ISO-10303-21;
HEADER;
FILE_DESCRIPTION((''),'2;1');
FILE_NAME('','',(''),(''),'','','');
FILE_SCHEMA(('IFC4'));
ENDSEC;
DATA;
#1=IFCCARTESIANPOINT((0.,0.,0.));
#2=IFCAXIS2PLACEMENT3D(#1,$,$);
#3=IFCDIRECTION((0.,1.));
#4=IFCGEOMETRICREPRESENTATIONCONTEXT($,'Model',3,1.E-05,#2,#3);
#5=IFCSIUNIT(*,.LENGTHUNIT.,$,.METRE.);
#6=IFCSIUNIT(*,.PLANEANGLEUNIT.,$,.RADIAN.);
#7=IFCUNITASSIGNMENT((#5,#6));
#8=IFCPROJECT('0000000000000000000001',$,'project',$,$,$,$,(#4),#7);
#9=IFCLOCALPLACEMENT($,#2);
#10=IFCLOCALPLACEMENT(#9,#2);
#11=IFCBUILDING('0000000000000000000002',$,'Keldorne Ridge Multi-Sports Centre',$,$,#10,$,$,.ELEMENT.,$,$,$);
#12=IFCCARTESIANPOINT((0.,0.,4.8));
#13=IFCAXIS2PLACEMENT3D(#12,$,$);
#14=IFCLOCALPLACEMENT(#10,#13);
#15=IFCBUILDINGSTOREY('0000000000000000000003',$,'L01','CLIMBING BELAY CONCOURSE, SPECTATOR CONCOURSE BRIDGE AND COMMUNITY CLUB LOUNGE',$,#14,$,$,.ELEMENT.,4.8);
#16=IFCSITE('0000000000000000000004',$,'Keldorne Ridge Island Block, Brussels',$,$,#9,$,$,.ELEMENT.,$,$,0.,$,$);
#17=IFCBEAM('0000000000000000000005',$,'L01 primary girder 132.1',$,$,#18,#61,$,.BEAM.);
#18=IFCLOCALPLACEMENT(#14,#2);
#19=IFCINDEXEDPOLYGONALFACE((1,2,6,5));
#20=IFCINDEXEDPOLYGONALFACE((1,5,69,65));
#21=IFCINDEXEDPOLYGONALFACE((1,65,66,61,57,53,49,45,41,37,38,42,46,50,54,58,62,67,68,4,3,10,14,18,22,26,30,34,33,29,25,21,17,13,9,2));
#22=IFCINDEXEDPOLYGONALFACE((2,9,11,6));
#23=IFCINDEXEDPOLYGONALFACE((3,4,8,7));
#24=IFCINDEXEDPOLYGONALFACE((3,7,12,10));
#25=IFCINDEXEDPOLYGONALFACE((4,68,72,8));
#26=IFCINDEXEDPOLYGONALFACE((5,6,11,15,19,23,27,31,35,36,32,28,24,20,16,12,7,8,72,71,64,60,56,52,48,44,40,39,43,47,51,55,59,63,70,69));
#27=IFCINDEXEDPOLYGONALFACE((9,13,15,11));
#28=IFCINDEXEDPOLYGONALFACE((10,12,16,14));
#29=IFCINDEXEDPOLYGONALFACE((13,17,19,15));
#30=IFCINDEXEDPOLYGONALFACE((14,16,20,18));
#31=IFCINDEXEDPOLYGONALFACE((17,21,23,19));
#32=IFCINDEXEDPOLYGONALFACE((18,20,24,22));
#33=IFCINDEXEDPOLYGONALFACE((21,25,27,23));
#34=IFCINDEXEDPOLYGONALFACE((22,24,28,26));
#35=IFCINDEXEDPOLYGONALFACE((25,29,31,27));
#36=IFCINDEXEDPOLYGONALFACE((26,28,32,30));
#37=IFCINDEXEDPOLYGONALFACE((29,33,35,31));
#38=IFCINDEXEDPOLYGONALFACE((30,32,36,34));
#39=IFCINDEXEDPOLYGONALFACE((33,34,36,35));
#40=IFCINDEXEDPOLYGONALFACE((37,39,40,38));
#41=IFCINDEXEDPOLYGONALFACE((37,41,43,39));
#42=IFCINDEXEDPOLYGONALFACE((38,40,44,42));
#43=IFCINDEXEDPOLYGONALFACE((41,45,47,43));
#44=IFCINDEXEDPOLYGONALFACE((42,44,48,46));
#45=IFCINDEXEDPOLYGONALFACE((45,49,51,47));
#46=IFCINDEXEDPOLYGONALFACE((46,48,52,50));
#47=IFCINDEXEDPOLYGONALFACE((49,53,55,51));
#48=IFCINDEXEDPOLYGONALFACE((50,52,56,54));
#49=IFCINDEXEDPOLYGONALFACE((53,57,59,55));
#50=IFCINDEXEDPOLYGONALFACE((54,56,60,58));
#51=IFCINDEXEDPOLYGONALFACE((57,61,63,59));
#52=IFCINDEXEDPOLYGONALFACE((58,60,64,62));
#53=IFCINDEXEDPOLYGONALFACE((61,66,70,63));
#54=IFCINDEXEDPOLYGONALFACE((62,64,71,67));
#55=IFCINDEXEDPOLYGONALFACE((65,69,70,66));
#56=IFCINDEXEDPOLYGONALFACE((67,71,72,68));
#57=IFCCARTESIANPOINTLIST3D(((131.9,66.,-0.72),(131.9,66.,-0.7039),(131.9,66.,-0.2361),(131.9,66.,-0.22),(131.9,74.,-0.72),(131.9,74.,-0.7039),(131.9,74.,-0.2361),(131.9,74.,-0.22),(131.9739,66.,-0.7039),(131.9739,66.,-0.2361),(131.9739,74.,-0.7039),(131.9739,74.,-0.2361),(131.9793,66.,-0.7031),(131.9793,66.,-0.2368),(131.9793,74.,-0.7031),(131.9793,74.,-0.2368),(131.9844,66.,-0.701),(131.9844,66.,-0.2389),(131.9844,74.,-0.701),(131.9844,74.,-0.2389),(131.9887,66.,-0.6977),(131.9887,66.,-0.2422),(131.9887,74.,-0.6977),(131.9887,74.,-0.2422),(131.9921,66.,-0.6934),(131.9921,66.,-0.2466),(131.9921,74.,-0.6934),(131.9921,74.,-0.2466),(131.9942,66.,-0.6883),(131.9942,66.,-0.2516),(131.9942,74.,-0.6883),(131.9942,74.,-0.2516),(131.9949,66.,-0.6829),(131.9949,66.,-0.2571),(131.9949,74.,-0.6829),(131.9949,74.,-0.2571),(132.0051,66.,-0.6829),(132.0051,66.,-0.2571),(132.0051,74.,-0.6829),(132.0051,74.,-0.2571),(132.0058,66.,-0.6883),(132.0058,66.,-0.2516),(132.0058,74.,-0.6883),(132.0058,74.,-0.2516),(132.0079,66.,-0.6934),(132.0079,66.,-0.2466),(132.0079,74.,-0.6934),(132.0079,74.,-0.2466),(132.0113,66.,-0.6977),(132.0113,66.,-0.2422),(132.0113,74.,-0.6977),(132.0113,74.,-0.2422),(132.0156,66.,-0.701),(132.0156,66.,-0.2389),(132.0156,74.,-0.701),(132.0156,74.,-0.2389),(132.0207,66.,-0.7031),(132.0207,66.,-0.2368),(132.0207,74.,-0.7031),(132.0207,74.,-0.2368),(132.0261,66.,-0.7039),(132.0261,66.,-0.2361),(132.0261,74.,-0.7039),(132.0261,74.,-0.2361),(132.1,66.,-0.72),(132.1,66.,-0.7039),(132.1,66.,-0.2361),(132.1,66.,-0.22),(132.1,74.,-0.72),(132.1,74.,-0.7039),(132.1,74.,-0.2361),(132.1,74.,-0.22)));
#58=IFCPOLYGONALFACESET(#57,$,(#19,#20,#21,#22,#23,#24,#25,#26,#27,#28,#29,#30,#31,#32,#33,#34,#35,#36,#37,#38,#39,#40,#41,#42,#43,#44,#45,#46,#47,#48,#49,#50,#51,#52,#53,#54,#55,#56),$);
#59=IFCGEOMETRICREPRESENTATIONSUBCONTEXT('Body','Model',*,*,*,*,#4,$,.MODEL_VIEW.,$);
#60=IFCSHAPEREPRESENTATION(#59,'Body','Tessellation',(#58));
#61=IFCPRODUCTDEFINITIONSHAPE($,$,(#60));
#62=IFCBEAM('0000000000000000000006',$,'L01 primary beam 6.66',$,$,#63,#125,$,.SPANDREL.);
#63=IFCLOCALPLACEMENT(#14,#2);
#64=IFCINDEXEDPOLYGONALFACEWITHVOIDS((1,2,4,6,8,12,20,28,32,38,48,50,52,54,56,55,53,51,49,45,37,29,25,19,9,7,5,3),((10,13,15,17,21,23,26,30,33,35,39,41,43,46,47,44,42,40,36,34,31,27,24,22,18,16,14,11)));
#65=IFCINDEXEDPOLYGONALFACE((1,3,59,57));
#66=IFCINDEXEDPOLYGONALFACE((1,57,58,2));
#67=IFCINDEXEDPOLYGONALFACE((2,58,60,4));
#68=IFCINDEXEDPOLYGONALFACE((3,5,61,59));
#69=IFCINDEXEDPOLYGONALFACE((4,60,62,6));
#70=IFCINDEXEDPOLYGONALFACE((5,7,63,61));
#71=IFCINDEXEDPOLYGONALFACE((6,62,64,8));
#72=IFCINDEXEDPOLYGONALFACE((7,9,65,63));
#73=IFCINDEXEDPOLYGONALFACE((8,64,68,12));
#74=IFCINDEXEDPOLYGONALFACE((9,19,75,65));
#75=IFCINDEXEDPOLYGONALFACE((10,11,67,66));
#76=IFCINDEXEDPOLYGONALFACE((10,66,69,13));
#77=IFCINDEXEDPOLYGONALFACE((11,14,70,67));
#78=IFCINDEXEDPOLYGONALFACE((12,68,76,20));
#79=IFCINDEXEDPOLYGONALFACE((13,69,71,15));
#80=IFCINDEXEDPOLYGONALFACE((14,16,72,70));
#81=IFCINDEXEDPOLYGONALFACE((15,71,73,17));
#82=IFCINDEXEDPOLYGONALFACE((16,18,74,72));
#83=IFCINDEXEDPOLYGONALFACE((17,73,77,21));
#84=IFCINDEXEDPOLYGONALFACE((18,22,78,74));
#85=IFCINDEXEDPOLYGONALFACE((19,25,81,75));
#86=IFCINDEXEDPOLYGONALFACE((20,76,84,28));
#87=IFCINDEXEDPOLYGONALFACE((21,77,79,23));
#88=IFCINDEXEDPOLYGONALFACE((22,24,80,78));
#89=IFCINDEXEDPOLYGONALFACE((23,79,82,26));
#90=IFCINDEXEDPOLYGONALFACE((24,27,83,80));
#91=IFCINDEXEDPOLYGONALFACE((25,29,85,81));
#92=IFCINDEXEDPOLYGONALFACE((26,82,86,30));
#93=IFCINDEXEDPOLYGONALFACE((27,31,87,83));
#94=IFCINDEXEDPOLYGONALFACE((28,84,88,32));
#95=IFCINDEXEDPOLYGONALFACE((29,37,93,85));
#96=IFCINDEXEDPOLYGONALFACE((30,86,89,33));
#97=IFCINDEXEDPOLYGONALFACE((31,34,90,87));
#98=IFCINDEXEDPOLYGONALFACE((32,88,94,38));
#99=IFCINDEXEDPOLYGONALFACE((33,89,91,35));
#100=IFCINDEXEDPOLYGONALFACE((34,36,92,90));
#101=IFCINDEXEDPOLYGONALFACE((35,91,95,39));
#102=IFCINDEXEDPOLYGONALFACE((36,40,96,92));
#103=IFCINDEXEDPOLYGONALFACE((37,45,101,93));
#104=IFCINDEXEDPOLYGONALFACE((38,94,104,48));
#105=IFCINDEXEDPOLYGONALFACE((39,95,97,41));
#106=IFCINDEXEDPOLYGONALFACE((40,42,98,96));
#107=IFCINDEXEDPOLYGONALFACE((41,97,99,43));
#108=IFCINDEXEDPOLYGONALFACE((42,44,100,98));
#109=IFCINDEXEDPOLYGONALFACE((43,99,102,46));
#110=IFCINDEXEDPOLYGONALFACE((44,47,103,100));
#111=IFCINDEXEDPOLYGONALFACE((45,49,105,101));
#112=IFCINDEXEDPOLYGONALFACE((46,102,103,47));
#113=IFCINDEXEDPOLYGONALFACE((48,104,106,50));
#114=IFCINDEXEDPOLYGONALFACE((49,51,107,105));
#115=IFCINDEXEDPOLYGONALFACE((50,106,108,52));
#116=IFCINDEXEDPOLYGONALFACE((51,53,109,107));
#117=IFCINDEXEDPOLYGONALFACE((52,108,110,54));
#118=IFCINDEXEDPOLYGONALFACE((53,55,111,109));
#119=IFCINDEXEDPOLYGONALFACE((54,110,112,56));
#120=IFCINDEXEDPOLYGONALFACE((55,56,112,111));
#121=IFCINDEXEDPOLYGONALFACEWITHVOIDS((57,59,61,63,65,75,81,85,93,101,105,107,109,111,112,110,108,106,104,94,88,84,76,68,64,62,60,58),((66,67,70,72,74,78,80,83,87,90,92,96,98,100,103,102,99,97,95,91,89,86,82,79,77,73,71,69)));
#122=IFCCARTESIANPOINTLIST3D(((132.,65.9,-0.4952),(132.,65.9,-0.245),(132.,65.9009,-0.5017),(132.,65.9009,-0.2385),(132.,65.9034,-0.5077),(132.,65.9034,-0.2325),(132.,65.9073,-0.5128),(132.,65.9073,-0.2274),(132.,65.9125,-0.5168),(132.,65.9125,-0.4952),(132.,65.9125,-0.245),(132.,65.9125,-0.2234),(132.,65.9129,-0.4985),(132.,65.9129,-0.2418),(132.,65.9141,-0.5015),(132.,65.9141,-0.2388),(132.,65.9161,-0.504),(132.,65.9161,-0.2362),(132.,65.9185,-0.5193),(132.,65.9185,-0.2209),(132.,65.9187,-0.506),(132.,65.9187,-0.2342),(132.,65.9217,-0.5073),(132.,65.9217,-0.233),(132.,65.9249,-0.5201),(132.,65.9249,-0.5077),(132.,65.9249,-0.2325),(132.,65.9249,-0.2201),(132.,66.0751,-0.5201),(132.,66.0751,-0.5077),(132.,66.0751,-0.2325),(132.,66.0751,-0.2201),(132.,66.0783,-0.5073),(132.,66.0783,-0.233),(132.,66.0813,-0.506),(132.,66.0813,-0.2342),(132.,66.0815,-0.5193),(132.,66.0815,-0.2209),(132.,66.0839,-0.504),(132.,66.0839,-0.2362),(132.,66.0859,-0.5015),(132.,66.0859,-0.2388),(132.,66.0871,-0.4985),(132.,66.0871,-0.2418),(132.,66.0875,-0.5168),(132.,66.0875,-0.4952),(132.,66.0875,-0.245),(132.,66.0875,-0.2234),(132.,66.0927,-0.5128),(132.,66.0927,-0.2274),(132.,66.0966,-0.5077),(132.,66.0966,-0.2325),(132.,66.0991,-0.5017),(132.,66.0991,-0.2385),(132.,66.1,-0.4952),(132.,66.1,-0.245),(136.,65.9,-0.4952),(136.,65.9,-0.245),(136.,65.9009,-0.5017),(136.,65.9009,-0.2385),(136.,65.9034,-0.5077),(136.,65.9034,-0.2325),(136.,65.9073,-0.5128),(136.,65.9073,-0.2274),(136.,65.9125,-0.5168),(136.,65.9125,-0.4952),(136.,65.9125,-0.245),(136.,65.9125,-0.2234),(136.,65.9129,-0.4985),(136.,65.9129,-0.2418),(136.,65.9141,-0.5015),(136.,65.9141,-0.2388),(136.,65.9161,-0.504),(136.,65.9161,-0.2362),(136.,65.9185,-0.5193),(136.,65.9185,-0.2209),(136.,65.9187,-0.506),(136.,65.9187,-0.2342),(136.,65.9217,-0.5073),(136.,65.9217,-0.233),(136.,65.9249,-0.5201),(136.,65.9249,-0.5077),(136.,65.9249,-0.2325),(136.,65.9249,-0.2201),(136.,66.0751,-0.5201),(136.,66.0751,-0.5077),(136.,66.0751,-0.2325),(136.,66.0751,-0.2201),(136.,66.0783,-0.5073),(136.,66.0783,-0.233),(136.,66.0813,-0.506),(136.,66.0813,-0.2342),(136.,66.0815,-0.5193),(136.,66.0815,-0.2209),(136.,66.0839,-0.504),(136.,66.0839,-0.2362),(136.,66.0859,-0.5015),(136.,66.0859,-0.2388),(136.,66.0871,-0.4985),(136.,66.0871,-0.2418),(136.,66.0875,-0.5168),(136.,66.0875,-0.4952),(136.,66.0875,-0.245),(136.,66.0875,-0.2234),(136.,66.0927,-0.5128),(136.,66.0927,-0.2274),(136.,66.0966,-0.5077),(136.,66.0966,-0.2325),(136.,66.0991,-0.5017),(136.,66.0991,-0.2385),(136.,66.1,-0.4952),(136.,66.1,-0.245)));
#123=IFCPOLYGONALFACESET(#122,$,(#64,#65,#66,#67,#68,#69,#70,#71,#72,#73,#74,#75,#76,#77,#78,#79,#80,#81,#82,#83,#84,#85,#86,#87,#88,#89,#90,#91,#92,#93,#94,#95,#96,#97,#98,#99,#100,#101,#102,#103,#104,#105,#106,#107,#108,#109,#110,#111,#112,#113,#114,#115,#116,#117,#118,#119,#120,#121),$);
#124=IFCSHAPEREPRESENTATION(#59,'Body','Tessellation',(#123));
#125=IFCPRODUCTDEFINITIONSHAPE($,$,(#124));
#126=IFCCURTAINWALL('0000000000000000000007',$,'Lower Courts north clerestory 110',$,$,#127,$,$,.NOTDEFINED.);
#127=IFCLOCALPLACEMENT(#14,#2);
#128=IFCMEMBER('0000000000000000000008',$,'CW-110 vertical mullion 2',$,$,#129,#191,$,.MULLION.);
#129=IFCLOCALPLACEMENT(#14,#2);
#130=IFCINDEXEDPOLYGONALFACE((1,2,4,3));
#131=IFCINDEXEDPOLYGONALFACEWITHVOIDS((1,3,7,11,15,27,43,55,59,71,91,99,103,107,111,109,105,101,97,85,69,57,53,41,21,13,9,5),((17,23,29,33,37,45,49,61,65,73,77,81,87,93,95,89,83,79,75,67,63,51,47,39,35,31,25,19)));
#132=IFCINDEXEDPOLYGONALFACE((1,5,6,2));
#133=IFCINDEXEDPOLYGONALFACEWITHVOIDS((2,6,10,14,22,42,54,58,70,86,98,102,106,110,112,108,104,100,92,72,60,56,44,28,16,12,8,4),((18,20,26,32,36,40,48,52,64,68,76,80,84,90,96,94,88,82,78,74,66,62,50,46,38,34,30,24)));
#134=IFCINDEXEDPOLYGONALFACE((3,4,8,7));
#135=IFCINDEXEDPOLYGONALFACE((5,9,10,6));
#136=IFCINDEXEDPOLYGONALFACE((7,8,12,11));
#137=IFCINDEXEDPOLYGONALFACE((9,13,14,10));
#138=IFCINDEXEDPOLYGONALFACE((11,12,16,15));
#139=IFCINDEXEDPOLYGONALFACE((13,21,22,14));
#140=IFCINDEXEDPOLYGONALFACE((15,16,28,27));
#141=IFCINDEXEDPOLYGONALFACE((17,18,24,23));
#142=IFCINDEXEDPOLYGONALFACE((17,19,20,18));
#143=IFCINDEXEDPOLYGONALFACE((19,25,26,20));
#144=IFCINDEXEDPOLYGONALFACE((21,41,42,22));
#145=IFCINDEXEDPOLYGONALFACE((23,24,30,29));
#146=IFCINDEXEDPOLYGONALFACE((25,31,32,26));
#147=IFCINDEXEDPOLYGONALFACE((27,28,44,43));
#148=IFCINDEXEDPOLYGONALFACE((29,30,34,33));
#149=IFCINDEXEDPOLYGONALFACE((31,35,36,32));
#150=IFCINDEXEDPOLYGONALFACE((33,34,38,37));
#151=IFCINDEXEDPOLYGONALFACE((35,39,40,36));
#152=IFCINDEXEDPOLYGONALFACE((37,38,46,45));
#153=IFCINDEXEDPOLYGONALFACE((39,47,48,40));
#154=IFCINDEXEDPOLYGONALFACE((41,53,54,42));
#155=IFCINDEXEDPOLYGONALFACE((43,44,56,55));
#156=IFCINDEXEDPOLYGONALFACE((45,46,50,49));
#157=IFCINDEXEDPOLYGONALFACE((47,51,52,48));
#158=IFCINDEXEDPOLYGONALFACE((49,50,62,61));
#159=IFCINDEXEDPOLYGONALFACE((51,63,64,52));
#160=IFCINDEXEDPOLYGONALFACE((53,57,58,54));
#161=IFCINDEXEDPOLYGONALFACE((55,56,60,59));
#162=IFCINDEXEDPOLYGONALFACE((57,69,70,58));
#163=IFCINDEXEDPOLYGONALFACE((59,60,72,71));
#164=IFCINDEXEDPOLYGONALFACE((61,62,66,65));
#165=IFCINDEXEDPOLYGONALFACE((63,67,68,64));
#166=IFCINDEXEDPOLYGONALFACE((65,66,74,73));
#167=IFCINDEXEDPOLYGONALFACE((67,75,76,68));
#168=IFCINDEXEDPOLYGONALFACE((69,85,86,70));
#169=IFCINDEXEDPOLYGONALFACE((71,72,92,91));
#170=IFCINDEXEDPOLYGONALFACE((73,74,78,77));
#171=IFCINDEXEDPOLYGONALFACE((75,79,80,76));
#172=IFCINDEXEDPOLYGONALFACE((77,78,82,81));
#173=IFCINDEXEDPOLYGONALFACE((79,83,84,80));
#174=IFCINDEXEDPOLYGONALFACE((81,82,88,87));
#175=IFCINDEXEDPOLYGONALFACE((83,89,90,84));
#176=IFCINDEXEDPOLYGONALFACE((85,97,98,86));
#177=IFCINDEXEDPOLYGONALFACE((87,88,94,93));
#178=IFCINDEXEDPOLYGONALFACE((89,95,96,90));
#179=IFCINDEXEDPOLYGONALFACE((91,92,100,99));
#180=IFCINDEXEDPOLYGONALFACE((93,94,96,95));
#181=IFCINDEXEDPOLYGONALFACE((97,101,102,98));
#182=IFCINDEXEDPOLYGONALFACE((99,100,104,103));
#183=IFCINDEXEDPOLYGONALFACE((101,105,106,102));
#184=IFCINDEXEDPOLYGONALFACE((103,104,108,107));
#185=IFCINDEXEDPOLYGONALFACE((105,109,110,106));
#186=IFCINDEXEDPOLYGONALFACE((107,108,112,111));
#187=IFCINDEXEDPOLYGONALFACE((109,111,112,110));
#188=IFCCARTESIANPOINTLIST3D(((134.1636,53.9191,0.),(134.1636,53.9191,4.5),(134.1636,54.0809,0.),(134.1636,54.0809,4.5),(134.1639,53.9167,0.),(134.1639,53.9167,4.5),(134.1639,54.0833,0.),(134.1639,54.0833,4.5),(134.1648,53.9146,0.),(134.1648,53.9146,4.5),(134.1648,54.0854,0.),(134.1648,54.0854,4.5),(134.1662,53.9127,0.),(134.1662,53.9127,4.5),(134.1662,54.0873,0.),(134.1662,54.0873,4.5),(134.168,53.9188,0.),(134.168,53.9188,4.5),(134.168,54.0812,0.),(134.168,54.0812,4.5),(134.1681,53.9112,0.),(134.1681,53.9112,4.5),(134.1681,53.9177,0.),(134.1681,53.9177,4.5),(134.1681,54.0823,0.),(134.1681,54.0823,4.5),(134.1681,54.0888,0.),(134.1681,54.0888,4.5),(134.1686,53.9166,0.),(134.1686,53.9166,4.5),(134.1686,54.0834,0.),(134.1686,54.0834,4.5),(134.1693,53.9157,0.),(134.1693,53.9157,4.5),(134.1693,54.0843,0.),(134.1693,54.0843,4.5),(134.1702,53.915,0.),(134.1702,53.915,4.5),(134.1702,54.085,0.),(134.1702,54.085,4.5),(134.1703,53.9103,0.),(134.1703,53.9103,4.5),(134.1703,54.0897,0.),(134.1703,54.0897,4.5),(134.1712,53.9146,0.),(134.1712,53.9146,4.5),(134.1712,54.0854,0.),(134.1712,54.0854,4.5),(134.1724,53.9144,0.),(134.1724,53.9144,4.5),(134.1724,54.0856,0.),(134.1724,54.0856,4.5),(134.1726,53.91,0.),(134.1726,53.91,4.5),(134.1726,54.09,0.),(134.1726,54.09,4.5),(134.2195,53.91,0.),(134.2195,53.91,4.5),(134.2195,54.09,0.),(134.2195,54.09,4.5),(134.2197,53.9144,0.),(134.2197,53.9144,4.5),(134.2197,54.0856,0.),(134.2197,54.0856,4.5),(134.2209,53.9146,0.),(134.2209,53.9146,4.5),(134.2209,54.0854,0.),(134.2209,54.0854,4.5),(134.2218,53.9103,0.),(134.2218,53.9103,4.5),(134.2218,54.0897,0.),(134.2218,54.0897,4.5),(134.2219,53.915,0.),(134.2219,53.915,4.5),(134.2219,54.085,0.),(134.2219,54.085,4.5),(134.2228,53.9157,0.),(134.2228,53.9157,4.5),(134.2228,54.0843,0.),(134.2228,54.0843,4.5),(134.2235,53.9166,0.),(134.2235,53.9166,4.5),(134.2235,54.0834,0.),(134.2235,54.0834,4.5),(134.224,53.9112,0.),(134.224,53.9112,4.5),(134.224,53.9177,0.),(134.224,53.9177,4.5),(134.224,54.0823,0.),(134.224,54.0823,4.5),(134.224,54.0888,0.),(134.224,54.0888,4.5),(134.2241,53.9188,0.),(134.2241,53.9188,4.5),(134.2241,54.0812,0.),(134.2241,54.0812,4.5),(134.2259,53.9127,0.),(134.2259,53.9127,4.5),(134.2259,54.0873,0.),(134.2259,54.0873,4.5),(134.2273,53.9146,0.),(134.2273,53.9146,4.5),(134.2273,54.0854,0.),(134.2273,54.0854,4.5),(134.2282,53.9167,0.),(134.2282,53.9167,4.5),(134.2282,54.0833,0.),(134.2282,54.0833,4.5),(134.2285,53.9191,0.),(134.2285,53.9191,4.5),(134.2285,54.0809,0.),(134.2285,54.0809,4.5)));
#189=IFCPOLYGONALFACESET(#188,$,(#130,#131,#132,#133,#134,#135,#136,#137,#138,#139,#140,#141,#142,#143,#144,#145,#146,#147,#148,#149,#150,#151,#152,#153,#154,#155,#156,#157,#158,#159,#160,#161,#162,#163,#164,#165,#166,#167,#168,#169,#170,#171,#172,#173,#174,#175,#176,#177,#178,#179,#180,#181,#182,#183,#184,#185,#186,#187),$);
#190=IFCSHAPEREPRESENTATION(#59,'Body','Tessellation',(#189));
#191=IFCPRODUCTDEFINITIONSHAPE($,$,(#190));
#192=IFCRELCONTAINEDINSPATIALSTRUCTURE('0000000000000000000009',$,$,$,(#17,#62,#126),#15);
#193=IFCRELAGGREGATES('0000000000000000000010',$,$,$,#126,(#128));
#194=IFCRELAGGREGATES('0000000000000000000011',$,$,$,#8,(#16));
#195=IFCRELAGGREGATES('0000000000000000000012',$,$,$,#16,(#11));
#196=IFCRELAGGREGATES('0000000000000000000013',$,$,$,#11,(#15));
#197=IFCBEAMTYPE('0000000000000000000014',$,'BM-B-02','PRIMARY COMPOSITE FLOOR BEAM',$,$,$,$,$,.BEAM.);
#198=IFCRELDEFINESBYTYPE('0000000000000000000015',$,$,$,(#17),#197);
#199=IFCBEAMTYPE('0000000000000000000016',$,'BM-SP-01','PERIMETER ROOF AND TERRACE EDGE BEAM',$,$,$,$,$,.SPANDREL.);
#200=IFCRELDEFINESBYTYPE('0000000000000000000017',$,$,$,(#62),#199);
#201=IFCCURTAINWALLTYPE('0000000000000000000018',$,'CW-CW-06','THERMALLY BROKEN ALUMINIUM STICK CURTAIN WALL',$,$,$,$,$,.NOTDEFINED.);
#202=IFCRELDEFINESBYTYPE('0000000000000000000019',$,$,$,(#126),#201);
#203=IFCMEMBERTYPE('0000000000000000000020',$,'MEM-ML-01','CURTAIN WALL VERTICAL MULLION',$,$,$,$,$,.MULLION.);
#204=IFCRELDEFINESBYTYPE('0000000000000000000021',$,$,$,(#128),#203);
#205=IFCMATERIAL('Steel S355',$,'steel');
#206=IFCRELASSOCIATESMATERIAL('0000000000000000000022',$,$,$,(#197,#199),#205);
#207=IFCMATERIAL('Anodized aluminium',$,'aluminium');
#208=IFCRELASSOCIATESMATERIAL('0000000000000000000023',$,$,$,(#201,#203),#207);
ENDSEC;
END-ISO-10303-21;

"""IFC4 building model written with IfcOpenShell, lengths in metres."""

from ifc_helpers import new_model, si_unit, direction, frame, origin, origin_2d, place, context, subcontext, project, spatial, hollow_rectangle, i_section, extrude, material, material_profile, profile_set, type_object, element, aggregate, save


model = new_model("IFC4")

# Units and contexts
model_context = context("Model", 3, precision=1e-05, world=origin(), true_north=direction((0.0, 1.0)))
body_context = subcontext(model_context, "Body", "Model", "MODEL_VIEW")
ifc_project = project(units=[si_unit("LENGTHUNIT", "METRE"), si_unit("PLANEANGLEUNIT", "RADIAN")], contexts=[model_context])

# Site, building, storey
site_placement = place(None, origin())
site = spatial("IfcSite", under=ifc_project, at=site_placement, Name="Keldorne Ridge Island Block, Brussels", CompositionType="ELEMENT", RefElevation=0.0)
building_placement = place(site_placement, origin())
building = spatial("IfcBuilding", under=site, at=building_placement, Name="Keldorne Ridge Multi-Sports Centre", CompositionType="ELEMENT")
storey_placement = place(building_placement, frame((0.0, 0.0, 4.8)))
storey = spatial("IfcBuildingStorey", under=building, at=storey_placement, Name="L01", Description="CLIMBING BELAY CONCOURSE, SPECTATOR CONCOURSE BRIDGE AND COMMUNITY CLUB LOUNGE", CompositionType="ELEMENT", Elevation=4.8)

# Beams
ifc_material_1 = material(Name="Steel S355", Category="steel")
ifc_material_profile_1 = material_profile(ifc_material_1, i_section(OverallWidth=0.2, OverallDepth=0.5, WebThickness=0.0103, FlangeThickness=0.0161, FilletRadius=0.021, at=origin_2d()), Name="IPE 500")
ifc_profile_set_1 = profile_set([ifc_material_profile_1], Name="Steel S355")
beam_type_1 = type_object("IfcBeamType", Name="BM-B-02", Description="PRIMARY COMPOSITE FLOOR BEAM", PredefinedType="BEAM", material=ifc_profile_set_1)
beam_1_placement = place(storey_placement, frame((132.0, 66.0, -0.47), z_axis=(0.0, 1.0, 0.0), x_axis=(-1.0, 0.0, 0.0)))
element("IfcBeam", 1, at=beam_1_placement, inside=storey, type_object=beam_type_1, Name="L01 primary girder 132.1", PredefinedType="BEAM", context=body_context, shape_type="SweptSolid", body=[
    extrude(i_section(OverallWidth=0.2, OverallDepth=0.5, WebThickness=0.0103, FlangeThickness=0.0161, FilletRadius=0.021, at=origin_2d()), origin(), (0.0, 0.0, 1.0), 8.0),
])
ifc_material_profile_2 = material_profile(ifc_material_1, hollow_rectangle(XDim=0.2, YDim=0.3, WallThickness=0.0125, InnerFilletRadius=0.0125, OuterFilletRadius=0.0249, at=origin_2d()), Name="RHS 300x200x12.5")
ifc_profile_set_2 = profile_set([ifc_material_profile_2], Name="Steel S355")
beam_type_2 = type_object("IfcBeamType", Name="BM-SP-01", Description="PERIMETER ROOF AND TERRACE EDGE BEAM", PredefinedType="SPANDREL", material=ifc_profile_set_2)
beam_2_placement = place(storey_placement, frame((132.0, 66.0, -0.3701), z_axis=(1.0, 0.0, 0.0), x_axis=(0.0, 1.0, 0.0)))
element("IfcBeam", 2, at=beam_2_placement, inside=storey, type_object=beam_type_2, Name="L01 primary beam 6.66", PredefinedType="SPANDREL", context=body_context, shape_type="SweptSolid", body=[
    extrude(hollow_rectangle(XDim=0.2, YDim=0.3, WallThickness=0.0125, InnerFilletRadius=0.0125, OuterFilletRadius=0.0249, at=origin_2d()), origin(), (0.0, 0.0, 1.0), 4.0),
])

# Curtain wall, member
ifc_material_2 = material(Name="Anodized aluminium", Category="aluminium")
curtain_wall_type_1 = type_object("IfcCurtainWallType", Name="CW-CW-06", Description="THERMALLY BROKEN ALUMINIUM STICK CURTAIN WALL", PredefinedType="NOTDEFINED", material=ifc_material_2)
curtain_wall_1_placement = place(storey_placement, origin())
curtain_wall_1 = element("IfcCurtainWall", 3, at=curtain_wall_1_placement, inside=storey, type_object=curtain_wall_type_1, Name="Lower Courts north clerestory 110", PredefinedType="NOTDEFINED")
ifc_material_profile_3 = material_profile(ifc_material_2, hollow_rectangle(XDim=0.0649, YDim=0.1799, WallThickness=0.0044, InnerFilletRadius=0.0044, OuterFilletRadius=0.009, at=origin_2d()), Name="ALU MULLION 180x65x4.5")
ifc_profile_set_3 = profile_set([ifc_material_profile_3], Name="Anodized aluminium")
member_type_1 = type_object("IfcMemberType", Name="MEM-ML-01", Description="CURTAIN WALL VERTICAL MULLION", PredefinedType="MULLION", material=ifc_profile_set_3)
member_1_placement = place(storey_placement, frame((134.196, 54.0, 0.0), z_axis=(0.0, 0.0, 1.0), x_axis=(1.0, 0.0, 0.0)))
member_1 = element("IfcMember", 4, at=member_1_placement, type_object=member_type_1, Name="CW-110 vertical mullion 2", PredefinedType="MULLION", context=body_context, shape_type="SweptSolid", body=[
    extrude(hollow_rectangle(XDim=0.0649, YDim=0.1799, WallThickness=0.0044, InnerFilletRadius=0.0044, OuterFilletRadius=0.009, at=origin_2d()), origin(), (0.0, 0.0, 1.0), 4.5),
])

aggregate(curtain_wall_1, [member_1])

save(model, "model.ifc")
